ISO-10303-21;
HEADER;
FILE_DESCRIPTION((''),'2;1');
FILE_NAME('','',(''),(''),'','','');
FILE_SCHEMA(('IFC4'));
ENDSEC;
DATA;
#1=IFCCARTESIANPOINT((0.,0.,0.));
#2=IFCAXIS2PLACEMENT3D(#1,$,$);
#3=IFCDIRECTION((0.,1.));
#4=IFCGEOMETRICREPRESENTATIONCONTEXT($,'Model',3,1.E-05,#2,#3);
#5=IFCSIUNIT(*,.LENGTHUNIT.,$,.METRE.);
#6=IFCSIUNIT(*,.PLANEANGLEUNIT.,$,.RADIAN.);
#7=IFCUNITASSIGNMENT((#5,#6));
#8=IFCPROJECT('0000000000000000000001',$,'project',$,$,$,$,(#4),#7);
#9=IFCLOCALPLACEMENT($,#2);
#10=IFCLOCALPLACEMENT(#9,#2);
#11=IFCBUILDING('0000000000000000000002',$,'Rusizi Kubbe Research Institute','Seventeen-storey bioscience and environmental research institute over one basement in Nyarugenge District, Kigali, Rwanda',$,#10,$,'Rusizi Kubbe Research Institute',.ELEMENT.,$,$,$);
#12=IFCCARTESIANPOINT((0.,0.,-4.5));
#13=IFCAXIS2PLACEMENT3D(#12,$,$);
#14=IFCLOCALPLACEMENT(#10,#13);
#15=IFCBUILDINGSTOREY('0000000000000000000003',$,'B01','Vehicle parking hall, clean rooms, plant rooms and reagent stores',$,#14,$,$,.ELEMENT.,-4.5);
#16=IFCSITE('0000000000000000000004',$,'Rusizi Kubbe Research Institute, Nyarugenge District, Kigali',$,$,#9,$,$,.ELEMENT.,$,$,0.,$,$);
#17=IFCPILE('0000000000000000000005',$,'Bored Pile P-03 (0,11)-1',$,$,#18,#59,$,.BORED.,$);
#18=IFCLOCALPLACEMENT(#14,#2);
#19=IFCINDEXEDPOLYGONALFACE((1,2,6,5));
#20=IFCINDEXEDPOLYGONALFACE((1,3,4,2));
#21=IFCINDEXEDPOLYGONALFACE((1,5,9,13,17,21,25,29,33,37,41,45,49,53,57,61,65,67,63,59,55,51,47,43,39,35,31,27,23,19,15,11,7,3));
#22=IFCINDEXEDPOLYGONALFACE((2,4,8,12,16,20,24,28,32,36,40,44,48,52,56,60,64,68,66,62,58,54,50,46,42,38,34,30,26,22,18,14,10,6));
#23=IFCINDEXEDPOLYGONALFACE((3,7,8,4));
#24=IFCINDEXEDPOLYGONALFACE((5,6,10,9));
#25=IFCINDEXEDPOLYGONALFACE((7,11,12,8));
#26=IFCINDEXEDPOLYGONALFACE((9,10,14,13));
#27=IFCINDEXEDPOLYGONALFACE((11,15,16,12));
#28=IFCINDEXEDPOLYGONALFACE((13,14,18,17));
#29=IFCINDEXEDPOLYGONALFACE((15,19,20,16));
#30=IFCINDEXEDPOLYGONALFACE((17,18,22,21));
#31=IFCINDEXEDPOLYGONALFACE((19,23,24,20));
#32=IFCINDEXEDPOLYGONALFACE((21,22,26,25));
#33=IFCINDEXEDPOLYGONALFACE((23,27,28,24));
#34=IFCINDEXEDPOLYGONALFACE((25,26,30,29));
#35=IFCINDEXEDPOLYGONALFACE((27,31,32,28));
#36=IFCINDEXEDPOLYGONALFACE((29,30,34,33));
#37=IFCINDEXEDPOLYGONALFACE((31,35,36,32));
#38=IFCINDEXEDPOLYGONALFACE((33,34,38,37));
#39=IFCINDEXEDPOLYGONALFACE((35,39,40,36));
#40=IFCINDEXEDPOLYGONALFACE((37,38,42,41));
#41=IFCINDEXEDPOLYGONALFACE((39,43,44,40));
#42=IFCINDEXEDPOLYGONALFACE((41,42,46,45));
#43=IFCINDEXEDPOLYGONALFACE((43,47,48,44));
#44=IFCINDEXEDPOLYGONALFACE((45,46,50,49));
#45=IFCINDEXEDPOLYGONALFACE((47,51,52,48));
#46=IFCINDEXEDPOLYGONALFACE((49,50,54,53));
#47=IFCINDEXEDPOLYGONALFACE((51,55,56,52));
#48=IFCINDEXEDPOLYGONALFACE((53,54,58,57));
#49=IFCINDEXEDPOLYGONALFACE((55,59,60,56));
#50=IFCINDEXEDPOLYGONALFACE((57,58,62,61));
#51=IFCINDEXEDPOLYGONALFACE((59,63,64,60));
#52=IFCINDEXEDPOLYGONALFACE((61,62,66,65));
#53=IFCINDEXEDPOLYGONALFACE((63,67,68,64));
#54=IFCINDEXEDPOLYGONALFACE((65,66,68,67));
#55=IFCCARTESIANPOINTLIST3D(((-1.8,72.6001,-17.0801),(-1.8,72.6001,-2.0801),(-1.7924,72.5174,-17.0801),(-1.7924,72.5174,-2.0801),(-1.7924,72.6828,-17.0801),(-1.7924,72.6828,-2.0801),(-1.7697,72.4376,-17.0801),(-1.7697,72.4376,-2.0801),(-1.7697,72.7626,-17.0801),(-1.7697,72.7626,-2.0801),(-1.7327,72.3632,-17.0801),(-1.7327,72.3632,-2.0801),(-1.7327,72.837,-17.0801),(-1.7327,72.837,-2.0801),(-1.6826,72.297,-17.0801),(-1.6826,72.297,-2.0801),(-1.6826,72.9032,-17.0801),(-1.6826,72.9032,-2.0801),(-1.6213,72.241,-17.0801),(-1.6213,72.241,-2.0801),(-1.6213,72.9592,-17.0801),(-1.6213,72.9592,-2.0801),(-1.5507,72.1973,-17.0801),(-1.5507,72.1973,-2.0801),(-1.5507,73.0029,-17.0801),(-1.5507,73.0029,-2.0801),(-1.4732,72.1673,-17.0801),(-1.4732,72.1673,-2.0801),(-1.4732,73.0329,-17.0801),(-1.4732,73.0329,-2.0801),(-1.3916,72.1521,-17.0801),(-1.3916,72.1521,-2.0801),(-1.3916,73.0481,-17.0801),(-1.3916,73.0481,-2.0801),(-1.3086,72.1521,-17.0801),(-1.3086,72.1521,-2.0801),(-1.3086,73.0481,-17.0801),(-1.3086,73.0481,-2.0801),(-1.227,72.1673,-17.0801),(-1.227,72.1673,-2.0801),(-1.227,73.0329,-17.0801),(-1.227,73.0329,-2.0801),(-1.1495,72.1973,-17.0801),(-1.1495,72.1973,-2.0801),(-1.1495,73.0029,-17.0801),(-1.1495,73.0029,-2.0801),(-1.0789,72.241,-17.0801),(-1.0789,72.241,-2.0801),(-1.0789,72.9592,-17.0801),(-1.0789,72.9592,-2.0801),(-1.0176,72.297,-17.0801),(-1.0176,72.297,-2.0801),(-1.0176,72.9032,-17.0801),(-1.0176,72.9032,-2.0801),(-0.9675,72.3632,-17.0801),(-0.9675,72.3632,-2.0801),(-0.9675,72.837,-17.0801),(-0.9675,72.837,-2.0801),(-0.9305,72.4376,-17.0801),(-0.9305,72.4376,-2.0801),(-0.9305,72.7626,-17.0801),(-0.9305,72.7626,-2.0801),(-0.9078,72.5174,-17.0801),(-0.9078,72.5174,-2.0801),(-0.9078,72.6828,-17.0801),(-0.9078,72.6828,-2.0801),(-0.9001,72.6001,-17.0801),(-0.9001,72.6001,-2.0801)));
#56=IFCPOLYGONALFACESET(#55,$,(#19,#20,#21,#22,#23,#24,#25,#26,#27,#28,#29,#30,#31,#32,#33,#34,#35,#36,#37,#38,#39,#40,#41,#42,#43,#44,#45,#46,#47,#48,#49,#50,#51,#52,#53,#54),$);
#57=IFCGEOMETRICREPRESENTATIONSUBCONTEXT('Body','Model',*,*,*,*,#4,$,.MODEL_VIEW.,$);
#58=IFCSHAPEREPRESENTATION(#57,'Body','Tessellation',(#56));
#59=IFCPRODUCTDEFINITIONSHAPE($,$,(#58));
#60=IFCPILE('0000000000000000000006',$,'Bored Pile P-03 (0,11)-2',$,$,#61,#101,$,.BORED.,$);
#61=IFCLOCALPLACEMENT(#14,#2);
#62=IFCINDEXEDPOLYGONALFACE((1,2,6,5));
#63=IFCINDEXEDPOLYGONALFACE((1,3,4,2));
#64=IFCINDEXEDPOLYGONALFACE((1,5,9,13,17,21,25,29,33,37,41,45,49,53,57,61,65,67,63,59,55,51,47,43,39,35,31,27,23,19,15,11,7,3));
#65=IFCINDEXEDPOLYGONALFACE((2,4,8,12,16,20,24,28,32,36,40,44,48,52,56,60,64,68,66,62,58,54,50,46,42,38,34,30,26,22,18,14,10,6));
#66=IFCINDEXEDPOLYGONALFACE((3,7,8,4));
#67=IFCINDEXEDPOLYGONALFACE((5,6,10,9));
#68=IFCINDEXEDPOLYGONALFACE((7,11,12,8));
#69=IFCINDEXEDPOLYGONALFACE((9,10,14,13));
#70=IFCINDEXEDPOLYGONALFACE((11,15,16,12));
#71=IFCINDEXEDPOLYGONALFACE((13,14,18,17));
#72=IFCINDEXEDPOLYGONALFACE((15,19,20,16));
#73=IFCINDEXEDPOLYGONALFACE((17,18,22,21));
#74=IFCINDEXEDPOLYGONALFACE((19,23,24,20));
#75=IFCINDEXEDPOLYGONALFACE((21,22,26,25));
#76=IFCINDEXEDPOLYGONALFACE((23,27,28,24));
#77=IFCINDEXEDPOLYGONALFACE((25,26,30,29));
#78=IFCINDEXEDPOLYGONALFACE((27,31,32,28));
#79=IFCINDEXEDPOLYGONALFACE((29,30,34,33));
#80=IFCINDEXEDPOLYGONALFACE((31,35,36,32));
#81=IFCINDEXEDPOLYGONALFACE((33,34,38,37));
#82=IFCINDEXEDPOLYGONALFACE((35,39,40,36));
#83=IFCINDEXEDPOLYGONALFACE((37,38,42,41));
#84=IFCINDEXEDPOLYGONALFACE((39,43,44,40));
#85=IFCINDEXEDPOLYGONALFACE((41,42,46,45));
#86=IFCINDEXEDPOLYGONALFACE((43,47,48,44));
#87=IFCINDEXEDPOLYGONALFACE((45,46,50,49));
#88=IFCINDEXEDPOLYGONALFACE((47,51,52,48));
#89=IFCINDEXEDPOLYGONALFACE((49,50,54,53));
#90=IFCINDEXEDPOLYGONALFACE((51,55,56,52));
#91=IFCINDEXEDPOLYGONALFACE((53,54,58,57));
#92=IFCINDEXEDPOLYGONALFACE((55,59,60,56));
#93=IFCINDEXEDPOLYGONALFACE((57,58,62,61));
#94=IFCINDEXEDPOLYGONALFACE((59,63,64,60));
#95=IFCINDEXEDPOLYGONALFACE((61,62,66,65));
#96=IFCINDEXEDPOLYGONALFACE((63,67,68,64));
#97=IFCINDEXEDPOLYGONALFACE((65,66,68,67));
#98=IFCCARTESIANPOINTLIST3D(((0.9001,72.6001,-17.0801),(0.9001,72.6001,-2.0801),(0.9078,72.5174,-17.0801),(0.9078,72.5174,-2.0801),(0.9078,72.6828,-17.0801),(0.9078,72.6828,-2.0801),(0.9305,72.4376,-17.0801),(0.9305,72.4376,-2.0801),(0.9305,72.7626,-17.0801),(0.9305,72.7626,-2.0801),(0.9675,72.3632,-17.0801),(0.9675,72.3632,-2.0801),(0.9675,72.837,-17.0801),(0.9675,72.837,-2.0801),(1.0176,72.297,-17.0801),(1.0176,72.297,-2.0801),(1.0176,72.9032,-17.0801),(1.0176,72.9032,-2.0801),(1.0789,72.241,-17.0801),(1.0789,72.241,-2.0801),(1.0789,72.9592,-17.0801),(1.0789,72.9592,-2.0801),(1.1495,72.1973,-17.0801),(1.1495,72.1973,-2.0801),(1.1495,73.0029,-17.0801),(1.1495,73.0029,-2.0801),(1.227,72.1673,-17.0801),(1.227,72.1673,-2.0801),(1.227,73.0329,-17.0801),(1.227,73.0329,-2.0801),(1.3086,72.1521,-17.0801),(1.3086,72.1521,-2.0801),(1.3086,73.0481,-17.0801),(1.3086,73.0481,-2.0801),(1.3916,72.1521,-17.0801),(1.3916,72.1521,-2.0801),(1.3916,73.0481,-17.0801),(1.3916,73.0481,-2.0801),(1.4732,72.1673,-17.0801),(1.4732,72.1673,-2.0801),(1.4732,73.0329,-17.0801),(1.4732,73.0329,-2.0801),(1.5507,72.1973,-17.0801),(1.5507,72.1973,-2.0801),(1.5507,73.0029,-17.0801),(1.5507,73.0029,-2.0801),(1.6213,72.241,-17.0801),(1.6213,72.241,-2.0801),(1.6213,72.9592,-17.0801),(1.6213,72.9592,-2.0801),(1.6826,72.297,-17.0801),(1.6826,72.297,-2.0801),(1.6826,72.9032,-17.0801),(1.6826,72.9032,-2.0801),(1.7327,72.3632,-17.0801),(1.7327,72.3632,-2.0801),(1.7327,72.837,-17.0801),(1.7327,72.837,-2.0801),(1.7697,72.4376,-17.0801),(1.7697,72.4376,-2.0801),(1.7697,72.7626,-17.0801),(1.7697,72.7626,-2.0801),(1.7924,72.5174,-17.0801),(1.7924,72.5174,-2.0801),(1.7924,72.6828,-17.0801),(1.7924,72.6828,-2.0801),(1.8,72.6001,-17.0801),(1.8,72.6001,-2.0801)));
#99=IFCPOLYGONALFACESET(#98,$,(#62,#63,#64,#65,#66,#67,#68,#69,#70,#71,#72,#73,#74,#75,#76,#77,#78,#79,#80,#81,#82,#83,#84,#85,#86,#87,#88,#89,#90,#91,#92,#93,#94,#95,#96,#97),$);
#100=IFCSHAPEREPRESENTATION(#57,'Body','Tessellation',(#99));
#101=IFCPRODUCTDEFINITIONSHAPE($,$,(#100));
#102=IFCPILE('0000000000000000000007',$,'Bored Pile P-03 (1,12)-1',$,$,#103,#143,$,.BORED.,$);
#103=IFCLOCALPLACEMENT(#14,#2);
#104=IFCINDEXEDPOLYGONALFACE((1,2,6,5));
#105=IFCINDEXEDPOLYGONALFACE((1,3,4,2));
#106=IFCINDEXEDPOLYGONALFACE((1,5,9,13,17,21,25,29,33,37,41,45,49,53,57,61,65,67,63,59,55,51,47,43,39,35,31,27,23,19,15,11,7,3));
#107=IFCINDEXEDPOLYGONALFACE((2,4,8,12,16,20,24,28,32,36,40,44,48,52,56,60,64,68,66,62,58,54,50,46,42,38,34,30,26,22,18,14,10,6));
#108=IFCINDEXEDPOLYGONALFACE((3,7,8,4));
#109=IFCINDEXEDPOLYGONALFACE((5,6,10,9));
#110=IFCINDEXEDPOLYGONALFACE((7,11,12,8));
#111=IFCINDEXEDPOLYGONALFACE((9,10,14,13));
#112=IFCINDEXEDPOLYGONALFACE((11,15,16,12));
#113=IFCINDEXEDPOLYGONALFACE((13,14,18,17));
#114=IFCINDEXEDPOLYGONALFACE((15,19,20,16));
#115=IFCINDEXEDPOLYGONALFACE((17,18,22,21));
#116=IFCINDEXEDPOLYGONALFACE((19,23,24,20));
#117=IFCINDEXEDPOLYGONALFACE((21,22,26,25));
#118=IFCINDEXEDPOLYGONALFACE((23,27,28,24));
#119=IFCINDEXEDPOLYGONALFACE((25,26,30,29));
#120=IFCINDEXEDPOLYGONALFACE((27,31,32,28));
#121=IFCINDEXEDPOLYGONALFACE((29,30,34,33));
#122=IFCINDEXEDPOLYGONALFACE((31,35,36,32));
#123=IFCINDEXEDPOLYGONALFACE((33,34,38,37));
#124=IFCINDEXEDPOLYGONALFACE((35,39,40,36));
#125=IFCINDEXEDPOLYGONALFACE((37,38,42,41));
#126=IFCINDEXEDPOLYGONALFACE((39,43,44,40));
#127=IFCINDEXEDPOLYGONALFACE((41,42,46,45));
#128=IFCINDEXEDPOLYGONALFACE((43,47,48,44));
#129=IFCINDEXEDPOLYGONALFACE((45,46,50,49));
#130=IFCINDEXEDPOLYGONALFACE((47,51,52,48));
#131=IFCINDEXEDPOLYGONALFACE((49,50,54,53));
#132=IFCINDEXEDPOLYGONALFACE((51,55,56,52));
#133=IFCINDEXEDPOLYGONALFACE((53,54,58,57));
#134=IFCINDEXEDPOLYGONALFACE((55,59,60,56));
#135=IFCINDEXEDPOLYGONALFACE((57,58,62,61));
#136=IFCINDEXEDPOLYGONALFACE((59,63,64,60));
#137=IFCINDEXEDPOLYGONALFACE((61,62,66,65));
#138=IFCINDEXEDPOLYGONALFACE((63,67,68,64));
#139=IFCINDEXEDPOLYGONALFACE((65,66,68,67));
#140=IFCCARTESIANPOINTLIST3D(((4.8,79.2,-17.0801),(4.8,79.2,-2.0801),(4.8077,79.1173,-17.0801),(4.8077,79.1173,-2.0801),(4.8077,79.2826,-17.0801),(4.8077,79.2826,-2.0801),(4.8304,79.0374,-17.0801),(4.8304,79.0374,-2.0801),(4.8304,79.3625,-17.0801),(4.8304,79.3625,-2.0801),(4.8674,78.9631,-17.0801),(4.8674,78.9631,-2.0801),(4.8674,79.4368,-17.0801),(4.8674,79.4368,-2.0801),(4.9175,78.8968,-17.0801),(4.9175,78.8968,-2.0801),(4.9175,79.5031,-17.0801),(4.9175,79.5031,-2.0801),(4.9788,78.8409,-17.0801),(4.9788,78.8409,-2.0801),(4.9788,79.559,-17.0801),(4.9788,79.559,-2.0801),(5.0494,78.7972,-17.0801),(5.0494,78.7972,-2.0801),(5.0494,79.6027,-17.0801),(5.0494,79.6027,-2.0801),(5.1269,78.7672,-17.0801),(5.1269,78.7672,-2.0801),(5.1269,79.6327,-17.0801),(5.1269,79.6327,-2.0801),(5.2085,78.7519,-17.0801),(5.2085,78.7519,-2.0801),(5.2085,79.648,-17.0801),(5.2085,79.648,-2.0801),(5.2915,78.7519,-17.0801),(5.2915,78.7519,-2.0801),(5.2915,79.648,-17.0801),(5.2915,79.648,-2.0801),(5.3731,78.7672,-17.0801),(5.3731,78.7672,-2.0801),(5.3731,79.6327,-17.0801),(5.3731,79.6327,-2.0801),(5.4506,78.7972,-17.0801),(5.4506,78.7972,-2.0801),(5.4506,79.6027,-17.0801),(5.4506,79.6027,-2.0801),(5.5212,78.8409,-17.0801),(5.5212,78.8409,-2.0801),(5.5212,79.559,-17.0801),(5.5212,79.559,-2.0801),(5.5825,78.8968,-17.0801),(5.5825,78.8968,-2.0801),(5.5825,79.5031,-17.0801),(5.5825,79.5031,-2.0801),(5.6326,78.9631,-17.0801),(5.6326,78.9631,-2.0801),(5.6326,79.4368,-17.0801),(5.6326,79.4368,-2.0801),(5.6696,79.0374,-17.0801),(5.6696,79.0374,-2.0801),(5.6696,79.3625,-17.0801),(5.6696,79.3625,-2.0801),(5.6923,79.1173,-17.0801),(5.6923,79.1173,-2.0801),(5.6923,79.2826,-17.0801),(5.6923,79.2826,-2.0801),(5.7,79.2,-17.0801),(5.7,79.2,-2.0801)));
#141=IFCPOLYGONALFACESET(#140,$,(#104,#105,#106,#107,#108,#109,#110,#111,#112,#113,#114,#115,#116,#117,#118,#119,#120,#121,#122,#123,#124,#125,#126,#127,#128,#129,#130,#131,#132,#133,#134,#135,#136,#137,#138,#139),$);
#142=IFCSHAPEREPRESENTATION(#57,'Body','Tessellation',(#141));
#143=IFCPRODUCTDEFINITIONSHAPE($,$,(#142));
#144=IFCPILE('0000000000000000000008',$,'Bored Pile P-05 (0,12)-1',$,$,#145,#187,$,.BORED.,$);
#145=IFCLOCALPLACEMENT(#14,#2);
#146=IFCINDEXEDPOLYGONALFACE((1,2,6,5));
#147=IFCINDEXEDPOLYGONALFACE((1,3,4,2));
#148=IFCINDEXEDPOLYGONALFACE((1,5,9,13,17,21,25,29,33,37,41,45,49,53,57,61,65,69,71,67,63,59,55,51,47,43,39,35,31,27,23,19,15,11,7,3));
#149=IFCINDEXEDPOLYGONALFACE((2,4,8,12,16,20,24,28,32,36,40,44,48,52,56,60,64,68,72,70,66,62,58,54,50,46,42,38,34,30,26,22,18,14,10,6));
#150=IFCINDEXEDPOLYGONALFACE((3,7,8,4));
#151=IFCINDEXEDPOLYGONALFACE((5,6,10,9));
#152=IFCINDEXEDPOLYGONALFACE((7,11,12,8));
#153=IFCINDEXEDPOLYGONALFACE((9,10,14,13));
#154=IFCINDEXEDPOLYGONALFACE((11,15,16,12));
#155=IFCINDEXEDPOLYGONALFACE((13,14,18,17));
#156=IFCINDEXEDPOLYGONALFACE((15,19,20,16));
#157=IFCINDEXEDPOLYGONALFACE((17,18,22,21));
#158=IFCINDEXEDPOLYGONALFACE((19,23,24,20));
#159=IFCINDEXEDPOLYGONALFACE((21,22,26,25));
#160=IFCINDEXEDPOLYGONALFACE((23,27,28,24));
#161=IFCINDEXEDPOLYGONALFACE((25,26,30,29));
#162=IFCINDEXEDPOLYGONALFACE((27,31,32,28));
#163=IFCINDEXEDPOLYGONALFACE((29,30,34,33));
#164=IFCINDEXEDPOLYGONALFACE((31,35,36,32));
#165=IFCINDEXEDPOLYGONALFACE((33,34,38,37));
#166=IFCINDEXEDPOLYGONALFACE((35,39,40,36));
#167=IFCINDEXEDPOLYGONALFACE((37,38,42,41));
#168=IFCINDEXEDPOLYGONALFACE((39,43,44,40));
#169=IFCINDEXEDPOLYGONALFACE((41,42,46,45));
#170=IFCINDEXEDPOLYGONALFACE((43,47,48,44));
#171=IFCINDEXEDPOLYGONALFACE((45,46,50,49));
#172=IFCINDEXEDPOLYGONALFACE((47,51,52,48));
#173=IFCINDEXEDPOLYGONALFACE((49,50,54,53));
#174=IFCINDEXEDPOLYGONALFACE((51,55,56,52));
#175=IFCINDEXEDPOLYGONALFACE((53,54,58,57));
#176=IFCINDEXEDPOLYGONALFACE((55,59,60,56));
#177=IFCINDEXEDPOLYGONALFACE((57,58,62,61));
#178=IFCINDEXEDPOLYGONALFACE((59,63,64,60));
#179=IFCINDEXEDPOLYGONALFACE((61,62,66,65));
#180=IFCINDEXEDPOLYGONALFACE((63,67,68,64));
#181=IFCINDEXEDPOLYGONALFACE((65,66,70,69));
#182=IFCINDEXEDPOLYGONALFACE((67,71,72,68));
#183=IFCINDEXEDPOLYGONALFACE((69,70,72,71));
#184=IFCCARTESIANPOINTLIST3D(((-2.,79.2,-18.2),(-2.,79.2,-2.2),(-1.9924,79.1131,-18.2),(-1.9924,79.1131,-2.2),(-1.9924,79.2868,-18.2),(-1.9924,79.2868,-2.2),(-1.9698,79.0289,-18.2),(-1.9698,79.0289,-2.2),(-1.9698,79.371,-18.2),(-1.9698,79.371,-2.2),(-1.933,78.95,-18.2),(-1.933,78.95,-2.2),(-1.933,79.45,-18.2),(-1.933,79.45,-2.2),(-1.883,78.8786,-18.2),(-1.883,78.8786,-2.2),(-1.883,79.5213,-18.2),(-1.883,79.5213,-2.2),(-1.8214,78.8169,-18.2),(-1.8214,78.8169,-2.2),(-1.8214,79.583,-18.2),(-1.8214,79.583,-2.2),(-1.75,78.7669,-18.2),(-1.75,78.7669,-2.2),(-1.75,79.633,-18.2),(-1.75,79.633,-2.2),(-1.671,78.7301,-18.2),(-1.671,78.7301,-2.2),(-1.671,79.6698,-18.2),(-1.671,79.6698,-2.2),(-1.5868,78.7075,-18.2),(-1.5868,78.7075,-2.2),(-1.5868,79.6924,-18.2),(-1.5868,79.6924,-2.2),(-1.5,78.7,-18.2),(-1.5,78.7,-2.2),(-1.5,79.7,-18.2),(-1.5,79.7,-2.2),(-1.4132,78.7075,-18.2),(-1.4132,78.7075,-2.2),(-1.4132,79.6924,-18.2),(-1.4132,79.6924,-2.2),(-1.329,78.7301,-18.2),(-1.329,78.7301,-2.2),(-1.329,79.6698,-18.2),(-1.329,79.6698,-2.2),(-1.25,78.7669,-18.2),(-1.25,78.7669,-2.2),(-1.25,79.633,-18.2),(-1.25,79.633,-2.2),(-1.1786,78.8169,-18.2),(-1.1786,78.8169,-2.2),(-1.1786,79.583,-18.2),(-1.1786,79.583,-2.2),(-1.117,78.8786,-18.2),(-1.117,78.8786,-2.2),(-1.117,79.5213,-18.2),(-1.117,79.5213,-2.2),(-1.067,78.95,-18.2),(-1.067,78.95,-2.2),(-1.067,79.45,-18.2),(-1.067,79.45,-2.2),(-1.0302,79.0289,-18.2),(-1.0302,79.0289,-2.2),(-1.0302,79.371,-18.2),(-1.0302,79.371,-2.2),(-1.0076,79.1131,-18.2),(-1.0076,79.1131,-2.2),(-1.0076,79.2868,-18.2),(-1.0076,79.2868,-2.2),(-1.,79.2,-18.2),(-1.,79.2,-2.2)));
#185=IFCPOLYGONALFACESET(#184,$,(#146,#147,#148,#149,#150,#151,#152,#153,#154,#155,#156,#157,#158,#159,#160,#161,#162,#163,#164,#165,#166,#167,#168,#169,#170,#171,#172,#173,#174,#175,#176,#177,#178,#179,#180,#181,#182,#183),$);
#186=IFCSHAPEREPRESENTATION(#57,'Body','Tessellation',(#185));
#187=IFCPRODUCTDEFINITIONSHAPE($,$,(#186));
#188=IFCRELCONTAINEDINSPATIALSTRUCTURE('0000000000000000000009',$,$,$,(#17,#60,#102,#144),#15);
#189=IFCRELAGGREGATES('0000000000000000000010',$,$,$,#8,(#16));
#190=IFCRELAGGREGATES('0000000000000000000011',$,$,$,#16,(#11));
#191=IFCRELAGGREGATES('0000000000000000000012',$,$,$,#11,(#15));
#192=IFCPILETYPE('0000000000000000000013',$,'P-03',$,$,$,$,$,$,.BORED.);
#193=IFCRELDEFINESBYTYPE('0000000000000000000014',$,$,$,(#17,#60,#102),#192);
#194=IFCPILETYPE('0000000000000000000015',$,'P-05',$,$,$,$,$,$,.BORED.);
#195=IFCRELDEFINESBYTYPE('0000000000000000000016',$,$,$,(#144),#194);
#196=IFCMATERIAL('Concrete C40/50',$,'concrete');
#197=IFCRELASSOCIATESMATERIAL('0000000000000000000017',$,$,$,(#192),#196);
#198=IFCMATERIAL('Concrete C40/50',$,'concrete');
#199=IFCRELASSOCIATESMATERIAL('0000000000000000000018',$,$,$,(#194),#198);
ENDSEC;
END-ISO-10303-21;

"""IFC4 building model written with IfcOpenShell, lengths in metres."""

from ifc_helpers import new_model, si_unit, direction, frame, origin, origin_2d, place, context, subcontext, project, spatial, circle, extrude, material, material_profile, profile_set, type_object, element, save


model = new_model("IFC4")

# Units and contexts
model_context = context("Model", 3, precision=1e-05, world=origin(), true_north=direction((0.0, 1.0)))
body_context = subcontext(model_context, "Body", "Model", "MODEL_VIEW")
ifc_project = project(units=[si_unit("LENGTHUNIT", "METRE"), si_unit("PLANEANGLEUNIT", "RADIAN")], contexts=[model_context])

# Site, building, storey
site_placement = place(None, origin())
site = spatial("IfcSite", under=ifc_project, at=site_placement, Name="Rusizi Kubbe Research Institute, Nyarugenge District, Kigali", CompositionType="ELEMENT", RefElevation=0.0)
building_placement = place(site_placement, origin())
building = spatial("IfcBuilding", under=site, at=building_placement, Name="Rusizi Kubbe Research Institute", Description="Seventeen-storey bioscience and environmental research institute over one basement in Nyarugenge District, Kigali, Rwanda", LongName="Rusizi Kubbe Research Institute", CompositionType="ELEMENT")
storey_placement = place(building_placement, frame((0.0, 0.0, -4.5)))
storey = spatial("IfcBuildingStorey", under=building, at=storey_placement, Name="B01", Description="Vehicle parking hall, clean rooms, plant rooms and reagent stores", CompositionType="ELEMENT", Elevation=-4.5)

# Piles
ifc_material_1 = material(Name="Concrete C40/50", Category="concrete")
ifc_material_profile_1 = material_profile(ifc_material_1, circle(Radius=0.45, at=origin_2d()), Name="PILE-D900")
ifc_profile_set_1 = profile_set([ifc_material_profile_1], Name="Concrete C40/50")
pile_type_1 = type_object("IfcPileType", Name="P-03", PredefinedType="BORED", material=ifc_profile_set_1)
for number, where, z_axis, x_axis, name in (
    (1, (-1.3501, 72.6001, -2.0801), (0.0, 0.0, -1.0), (1.0, 0.0, 0.0), "Bored Pile P-03 (0,11)-1"),
    (2, (1.3501, 72.6001, -2.0801), (0.0, 0.0, -1.0), (1.0, 0.0, 0.0), "Bored Pile P-03 (0,11)-2"),
    (3, (5.25, 79.2, -2.0801), (0.0, 0.0, -1.0), (1.0, 0.0, 0.0), "Bored Pile P-03 (1,12)-1"),
):
    element("IfcPile", number, at=place(storey_placement, frame(where, z_axis=z_axis, x_axis=x_axis)), inside=storey, type_object=pile_type_1, Name=name, PredefinedType="BORED", context=body_context, shape_type="SweptSolid", body=[
        extrude(circle(Radius=0.45, at=origin_2d()), origin(), (0.0, 0.0, 1.0), 15.0),
    ])
ifc_material_2 = material(Name="Concrete C40/50", Category="concrete")
ifc_material_profile_2 = material_profile(ifc_material_2, circle(Radius=0.5, at=origin_2d()), Name="PILE-D1000")
ifc_profile_set_2 = profile_set([ifc_material_profile_2], Name="Concrete C40/50")
pile_type_2 = type_object("IfcPileType", Name="P-05", PredefinedType="BORED", material=ifc_profile_set_2)
for number, where, z_axis, x_axis, name in (
    (4, (-1.5, 79.2, -2.2), (0.0, 0.0, -1.0), (1.0, 0.0, 0.0), "Bored Pile P-05 (0,12)-1"),
):
    element("IfcPile", number, at=place(storey_placement, frame(where, z_axis=z_axis, x_axis=x_axis)), inside=storey, type_object=pile_type_2, Name=name, PredefinedType="BORED", context=body_context, shape_type="SweptSolid", body=[
        extrude(circle(Radius=0.5, at=origin_2d()), origin(), (0.0, 0.0, 1.0), 16.0),
    ])

save(model, "model.ifc")
